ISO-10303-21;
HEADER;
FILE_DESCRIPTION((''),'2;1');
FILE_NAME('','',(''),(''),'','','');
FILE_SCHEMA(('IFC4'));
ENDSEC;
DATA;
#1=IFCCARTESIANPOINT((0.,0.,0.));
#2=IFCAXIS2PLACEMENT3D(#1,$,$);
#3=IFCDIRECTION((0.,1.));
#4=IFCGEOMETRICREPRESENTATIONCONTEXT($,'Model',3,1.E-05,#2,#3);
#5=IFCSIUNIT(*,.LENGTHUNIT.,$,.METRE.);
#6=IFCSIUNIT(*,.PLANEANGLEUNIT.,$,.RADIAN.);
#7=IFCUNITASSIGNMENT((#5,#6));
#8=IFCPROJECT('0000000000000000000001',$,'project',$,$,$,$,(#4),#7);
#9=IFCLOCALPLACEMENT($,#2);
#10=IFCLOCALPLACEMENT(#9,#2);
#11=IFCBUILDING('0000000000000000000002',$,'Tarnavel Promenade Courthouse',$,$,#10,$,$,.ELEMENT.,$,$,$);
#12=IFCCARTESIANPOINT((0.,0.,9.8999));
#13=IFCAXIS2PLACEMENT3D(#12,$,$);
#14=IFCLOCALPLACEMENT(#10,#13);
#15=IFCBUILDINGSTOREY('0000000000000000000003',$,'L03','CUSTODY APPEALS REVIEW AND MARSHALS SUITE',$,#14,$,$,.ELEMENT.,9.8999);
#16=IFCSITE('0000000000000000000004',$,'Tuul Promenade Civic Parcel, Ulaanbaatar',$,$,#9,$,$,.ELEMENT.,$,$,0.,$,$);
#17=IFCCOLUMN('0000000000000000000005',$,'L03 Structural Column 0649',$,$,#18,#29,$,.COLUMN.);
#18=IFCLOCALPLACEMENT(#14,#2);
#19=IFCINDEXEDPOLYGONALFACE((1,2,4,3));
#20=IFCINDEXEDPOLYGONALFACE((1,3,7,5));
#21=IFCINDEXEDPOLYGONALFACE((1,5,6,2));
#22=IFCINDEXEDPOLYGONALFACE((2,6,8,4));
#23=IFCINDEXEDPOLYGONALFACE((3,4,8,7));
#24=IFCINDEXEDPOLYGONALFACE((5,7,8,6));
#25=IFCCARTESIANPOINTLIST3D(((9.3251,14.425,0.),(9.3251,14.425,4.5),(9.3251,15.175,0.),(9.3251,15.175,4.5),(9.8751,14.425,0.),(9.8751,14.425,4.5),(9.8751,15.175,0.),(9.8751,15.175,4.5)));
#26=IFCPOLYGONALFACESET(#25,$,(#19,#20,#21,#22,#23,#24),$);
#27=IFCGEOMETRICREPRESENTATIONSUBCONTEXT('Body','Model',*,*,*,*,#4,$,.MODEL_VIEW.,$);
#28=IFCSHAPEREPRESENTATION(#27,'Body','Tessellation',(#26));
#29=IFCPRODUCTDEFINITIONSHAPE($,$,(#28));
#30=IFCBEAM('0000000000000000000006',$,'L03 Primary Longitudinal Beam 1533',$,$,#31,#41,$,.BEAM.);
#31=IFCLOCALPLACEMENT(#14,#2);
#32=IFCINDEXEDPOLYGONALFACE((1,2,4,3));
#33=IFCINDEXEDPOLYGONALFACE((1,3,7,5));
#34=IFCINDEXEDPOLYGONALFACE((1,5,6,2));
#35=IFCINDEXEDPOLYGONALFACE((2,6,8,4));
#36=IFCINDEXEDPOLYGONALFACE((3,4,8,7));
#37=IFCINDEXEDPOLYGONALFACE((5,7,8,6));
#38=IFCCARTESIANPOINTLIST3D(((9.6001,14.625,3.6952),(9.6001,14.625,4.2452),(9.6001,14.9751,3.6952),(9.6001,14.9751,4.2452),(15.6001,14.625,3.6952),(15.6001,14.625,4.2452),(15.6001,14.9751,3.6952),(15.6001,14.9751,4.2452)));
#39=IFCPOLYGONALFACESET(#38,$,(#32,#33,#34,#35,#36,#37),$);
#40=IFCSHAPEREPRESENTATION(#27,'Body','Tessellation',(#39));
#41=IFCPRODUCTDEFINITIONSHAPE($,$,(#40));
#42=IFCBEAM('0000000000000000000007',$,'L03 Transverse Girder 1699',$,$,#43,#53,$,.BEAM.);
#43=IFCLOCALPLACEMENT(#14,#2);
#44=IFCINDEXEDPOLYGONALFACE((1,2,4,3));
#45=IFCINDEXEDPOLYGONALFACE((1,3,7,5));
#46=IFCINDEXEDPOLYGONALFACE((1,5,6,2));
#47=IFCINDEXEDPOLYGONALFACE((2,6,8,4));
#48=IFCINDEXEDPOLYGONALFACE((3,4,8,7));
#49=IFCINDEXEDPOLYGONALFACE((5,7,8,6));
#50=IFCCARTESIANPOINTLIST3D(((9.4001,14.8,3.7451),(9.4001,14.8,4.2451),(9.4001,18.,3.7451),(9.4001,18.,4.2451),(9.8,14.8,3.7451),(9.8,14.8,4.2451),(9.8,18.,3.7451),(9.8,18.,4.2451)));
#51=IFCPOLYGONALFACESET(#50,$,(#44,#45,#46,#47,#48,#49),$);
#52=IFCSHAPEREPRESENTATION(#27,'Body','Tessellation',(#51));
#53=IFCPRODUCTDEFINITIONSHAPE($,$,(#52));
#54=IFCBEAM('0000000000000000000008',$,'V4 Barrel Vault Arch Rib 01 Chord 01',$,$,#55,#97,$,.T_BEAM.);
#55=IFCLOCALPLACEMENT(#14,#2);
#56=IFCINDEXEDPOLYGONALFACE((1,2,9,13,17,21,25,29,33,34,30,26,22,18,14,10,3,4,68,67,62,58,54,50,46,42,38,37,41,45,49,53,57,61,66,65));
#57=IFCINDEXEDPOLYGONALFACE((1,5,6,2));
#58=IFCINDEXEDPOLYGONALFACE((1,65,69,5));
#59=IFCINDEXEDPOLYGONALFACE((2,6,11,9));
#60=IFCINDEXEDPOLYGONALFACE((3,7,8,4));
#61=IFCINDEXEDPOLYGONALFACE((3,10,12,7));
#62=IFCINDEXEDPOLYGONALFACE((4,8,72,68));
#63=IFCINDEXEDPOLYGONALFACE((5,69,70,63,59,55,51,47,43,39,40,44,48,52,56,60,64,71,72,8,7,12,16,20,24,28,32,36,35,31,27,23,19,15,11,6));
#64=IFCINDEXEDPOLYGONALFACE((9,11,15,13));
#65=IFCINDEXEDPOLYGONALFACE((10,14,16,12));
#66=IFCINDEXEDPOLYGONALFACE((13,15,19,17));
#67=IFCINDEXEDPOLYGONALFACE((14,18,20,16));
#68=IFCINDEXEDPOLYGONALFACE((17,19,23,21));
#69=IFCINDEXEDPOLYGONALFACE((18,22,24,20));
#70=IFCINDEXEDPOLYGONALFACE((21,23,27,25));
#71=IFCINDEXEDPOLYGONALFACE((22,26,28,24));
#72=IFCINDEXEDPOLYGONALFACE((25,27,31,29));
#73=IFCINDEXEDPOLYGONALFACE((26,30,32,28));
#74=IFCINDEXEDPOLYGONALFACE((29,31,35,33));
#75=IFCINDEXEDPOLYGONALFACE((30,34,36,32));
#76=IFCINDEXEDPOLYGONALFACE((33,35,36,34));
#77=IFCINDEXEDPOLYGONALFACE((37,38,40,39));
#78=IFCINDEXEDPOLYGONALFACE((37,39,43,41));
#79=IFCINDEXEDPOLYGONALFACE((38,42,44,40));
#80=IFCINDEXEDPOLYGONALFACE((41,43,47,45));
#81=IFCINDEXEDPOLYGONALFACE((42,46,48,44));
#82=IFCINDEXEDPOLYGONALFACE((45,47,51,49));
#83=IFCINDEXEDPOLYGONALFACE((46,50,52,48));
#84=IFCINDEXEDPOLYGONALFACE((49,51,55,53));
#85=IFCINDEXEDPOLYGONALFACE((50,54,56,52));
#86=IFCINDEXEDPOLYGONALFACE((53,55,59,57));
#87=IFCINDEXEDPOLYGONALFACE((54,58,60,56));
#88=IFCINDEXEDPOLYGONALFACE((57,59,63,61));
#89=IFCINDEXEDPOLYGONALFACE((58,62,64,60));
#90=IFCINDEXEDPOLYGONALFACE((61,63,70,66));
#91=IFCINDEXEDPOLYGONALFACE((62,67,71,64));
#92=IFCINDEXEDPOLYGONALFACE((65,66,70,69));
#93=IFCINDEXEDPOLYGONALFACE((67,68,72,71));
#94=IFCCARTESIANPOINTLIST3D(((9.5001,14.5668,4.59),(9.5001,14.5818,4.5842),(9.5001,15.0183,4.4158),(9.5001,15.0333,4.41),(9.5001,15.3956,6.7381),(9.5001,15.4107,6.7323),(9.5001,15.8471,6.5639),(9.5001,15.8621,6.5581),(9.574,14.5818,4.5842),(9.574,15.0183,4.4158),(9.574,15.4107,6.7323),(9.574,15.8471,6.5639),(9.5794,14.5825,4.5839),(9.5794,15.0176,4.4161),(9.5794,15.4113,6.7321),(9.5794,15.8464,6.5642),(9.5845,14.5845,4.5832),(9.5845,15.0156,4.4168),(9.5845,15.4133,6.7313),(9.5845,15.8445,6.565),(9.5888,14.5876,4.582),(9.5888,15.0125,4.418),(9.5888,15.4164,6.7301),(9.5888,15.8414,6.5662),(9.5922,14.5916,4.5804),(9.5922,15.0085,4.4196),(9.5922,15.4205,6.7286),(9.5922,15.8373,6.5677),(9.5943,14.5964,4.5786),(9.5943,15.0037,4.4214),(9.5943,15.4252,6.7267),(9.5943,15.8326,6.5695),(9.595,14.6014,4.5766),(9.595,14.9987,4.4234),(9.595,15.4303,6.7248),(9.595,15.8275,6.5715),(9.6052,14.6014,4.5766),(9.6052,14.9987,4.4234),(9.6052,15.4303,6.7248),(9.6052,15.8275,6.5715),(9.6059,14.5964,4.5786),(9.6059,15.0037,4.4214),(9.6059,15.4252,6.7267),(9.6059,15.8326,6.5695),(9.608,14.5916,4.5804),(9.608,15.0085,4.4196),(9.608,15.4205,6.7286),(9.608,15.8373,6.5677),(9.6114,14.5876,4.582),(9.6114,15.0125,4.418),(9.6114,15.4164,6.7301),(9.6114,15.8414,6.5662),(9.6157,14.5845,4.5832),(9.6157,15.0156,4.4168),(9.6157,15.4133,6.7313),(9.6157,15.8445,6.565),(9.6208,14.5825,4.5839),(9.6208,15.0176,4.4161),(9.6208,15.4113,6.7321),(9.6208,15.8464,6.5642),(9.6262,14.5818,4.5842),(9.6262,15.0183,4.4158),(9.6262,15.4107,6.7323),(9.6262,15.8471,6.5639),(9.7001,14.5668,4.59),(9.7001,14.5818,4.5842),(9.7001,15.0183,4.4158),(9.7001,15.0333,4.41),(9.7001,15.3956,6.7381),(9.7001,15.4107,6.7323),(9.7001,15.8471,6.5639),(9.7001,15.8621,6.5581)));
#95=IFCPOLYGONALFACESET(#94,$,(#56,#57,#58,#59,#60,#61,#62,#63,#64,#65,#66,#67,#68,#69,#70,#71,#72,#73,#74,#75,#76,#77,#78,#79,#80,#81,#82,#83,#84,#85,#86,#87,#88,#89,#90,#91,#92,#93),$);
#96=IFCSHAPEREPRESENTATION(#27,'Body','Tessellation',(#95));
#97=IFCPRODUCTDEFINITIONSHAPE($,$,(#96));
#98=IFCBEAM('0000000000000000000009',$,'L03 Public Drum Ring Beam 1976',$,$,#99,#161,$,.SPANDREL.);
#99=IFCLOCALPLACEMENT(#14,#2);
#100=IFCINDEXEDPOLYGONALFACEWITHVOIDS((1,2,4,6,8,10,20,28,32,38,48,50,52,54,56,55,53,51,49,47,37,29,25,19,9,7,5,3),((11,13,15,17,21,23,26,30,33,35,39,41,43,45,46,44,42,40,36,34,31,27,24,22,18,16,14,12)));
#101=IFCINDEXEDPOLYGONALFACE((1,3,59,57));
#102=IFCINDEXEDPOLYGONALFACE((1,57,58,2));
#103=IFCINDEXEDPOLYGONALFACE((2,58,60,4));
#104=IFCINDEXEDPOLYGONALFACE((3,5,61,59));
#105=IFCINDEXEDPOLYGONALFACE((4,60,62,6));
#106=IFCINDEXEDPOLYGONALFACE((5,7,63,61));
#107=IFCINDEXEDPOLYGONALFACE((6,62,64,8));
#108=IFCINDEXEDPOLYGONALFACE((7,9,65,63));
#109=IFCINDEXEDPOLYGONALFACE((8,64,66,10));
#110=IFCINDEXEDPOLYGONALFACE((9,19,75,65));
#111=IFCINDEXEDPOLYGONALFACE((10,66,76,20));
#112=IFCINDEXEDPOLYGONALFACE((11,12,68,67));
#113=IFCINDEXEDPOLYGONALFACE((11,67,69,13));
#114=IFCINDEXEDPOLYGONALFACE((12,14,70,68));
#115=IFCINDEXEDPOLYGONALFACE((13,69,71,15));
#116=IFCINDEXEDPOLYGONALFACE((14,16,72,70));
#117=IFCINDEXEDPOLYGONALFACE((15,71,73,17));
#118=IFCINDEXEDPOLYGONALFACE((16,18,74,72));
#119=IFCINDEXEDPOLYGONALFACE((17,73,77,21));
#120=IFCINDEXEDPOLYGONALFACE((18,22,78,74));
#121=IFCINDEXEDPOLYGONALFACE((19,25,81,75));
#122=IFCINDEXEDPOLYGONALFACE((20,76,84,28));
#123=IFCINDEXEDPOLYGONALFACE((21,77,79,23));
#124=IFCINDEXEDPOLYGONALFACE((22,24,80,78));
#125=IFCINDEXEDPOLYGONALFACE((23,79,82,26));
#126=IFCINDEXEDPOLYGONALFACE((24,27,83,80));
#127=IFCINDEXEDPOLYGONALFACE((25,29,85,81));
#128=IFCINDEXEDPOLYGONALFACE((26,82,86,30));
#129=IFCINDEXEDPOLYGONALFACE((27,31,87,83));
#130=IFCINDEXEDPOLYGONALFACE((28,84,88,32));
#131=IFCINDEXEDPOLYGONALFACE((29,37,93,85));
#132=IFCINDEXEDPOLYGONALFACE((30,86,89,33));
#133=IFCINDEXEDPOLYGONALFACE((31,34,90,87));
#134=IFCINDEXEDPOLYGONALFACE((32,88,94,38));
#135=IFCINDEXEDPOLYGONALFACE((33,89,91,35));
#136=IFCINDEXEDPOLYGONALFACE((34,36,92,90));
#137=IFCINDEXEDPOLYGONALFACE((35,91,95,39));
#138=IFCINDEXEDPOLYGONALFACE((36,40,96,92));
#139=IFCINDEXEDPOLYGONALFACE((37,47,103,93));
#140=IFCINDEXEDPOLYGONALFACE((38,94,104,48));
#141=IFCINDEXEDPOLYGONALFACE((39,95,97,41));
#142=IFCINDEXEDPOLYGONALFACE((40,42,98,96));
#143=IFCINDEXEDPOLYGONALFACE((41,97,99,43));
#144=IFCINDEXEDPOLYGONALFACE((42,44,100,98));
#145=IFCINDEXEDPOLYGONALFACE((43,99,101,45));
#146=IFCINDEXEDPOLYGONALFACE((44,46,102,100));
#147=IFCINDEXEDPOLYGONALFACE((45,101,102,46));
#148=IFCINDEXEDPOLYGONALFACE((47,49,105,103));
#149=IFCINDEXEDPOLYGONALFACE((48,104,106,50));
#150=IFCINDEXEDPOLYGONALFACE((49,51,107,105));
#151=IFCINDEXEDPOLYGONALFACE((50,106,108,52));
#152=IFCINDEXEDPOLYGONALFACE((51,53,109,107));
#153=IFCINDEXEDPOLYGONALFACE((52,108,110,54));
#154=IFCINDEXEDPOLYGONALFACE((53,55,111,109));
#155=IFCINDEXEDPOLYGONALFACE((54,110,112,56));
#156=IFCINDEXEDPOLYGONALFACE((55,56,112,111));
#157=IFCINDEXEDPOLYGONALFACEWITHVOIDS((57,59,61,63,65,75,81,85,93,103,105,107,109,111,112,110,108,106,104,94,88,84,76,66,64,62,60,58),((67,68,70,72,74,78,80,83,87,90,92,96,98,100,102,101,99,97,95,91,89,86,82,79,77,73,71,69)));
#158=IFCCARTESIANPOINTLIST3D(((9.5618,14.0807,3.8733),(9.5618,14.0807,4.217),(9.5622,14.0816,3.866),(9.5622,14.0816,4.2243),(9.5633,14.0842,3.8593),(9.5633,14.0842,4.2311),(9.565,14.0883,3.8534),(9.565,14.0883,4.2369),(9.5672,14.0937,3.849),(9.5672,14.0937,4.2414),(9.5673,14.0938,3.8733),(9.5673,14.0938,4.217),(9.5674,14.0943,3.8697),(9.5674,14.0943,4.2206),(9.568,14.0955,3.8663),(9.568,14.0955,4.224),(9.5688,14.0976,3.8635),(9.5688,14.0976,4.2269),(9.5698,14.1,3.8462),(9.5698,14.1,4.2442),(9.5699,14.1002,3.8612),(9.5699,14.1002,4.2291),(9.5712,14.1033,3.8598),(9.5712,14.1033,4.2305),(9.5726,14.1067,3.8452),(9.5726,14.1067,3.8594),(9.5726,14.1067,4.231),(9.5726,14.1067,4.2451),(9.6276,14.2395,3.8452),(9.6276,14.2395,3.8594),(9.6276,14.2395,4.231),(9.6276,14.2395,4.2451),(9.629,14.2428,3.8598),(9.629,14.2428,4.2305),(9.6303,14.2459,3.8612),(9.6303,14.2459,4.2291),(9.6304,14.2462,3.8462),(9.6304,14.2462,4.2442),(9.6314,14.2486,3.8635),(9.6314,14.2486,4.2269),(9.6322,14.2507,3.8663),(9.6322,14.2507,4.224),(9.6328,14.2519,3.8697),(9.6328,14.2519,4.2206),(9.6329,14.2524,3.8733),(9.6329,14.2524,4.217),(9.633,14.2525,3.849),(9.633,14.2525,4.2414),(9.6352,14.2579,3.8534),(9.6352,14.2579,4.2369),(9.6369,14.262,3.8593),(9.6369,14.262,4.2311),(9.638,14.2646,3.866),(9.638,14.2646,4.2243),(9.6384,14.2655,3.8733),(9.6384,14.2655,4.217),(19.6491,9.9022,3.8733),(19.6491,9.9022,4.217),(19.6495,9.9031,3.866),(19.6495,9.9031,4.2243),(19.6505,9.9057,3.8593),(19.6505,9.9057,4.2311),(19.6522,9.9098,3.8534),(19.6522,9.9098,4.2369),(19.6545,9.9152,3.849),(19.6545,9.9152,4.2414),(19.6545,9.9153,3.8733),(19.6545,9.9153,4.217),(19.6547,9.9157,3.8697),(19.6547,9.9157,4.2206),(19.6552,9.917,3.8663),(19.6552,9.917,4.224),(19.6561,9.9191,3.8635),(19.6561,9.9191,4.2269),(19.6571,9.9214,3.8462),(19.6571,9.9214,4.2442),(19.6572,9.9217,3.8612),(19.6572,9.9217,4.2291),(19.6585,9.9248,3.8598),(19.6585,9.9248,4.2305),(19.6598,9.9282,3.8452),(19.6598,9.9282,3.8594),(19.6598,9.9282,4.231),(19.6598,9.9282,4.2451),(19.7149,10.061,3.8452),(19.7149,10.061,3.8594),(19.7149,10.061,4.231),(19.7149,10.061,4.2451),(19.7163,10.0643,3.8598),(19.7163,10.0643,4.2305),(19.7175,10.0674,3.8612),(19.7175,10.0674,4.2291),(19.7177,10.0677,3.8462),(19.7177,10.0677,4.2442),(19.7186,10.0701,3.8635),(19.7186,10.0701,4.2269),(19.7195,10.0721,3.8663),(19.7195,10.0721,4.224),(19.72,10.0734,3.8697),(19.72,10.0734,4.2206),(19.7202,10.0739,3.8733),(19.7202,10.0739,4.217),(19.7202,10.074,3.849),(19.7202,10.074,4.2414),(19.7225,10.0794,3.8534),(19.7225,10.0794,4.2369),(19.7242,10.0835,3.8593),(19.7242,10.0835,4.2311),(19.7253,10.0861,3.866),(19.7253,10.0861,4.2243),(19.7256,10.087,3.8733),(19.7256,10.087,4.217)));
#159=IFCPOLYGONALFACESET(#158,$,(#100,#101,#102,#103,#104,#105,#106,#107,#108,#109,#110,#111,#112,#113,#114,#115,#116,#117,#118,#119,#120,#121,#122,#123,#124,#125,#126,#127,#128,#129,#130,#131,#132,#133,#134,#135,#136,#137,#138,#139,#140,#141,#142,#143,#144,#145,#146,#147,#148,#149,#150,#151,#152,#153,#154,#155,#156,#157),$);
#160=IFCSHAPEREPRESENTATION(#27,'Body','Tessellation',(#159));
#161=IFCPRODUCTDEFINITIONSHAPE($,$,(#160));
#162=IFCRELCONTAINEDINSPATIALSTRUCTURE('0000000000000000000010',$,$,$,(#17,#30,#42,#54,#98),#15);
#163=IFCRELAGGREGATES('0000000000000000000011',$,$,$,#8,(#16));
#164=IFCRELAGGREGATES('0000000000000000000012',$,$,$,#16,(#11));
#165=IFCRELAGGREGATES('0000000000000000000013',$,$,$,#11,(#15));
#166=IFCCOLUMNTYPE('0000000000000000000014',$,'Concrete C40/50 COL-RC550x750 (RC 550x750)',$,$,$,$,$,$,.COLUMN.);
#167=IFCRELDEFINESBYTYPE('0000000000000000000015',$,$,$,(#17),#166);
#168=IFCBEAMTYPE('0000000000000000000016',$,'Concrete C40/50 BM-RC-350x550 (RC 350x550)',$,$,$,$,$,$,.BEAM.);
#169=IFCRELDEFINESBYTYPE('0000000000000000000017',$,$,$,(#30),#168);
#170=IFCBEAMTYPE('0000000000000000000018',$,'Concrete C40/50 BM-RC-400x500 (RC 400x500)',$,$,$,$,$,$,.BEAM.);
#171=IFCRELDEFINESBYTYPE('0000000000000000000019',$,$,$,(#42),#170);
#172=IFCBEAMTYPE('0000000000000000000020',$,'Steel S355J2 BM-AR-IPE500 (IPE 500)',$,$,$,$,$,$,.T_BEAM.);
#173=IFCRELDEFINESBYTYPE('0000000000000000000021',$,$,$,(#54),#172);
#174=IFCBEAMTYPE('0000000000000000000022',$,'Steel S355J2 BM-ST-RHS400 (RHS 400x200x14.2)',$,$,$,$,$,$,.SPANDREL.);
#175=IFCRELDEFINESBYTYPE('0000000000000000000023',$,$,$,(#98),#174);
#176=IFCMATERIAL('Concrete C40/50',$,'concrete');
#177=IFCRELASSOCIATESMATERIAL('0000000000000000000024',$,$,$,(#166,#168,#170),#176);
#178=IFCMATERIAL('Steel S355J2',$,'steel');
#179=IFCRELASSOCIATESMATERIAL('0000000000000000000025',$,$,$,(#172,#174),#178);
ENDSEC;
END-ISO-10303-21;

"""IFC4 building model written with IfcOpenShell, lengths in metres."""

from ifc_helpers import new_model, si_unit, direction, frame, origin, origin_2d, place, context, subcontext, project, spatial, rectangle, hollow_rectangle, i_section, extrude, material, material_profile, profile_set, type_object, element, save


model = new_model("IFC4")

# Units and contexts
model_context = context("Model", 3, precision=1e-05, world=origin(), true_north=direction((0.0, 1.0)))
body_context = subcontext(model_context, "Body", "Model", "MODEL_VIEW")
ifc_project = project(units=[si_unit("LENGTHUNIT", "METRE"), si_unit("PLANEANGLEUNIT", "RADIAN")], contexts=[model_context])

# Site, building, storey
site_placement = place(None, origin())
site = spatial("IfcSite", under=ifc_project, at=site_placement, Name="Tuul Promenade Civic Parcel, Ulaanbaatar", CompositionType="ELEMENT", RefElevation=0.0)
building_placement = place(site_placement, origin())
building = spatial("IfcBuilding", under=site, at=building_placement, Name="Tarnavel Promenade Courthouse", CompositionType="ELEMENT")
storey_placement = place(building_placement, frame((0.0, 0.0, 9.8999)))
storey = spatial("IfcBuildingStorey", under=building, at=storey_placement, Name="L03", Description="CUSTODY APPEALS REVIEW AND MARSHALS SUITE", CompositionType="ELEMENT", Elevation=9.8999)

# Column
ifc_material_1 = material(Name="Concrete C40/50", Category="concrete")
ifc_material_profile_1 = material_profile(ifc_material_1, rectangle(XDim=0.55, YDim=0.75, at=origin_2d()), Name="RC 550x750")
ifc_profile_set_1 = profile_set([ifc_material_profile_1], Name="Concrete C40/50")
column_type = type_object("IfcColumnType", Name="Concrete C40/50 COL-RC550x750 (RC 550x750)", PredefinedType="COLUMN", material=ifc_profile_set_1)
column_placement = place(storey_placement, frame((9.6001, 14.8, 0.0), z_axis=(0.0, 0.0, 1.0), x_axis=(1.0, 0.0, 0.0)))
element("IfcColumn", 1, at=column_placement, inside=storey, type_object=column_type, Name="L03 Structural Column 0649", PredefinedType="COLUMN", context=body_context, shape_type="SweptSolid", body=[
    extrude(rectangle(XDim=0.55, YDim=0.75, at=origin_2d()), origin(), (0.0, 0.0, 1.0), 4.5),
])

# Beams
ifc_material_profile_2 = material_profile(ifc_material_1, rectangle(XDim=0.3501, YDim=0.55, at=origin_2d()), Name="RC 350x550")
ifc_profile_set_2 = profile_set([ifc_material_profile_2], Name="Concrete C40/50")
beam_type_1 = type_object("IfcBeamType", Name="Concrete C40/50 BM-RC-350x550 (RC 350x550)", PredefinedType="BEAM", material=ifc_profile_set_2)
beam_1_placement = place(storey_placement, frame((9.6001, 14.8, 3.9702), z_axis=(1.0, 0.0, 0.0), x_axis=(0.0, 1.0, 0.0)))
element("IfcBeam", 2, at=beam_1_placement, inside=storey, type_object=beam_type_1, Name="L03 Primary Longitudinal Beam 1533", PredefinedType="BEAM", context=body_context, shape_type="SweptSolid", body=[
    extrude(rectangle(XDim=0.3501, YDim=0.55, at=origin_2d()), origin(), (0.0, 0.0, 1.0), 6.0),
])
ifc_material_profile_3 = material_profile(ifc_material_1, rectangle(XDim=0.3999, YDim=0.5, at=origin_2d()), Name="RC 400x500")
ifc_profile_set_3 = profile_set([ifc_material_profile_3], Name="Concrete C40/50")
beam_type_2 = type_object("IfcBeamType", Name="Concrete C40/50 BM-RC-400x500 (RC 400x500)", PredefinedType="BEAM", material=ifc_profile_set_3)
beam_2_placement = place(storey_placement, frame((9.6001, 14.8, 3.9951), z_axis=(0.0, 1.0, 0.0), x_axis=(-1.0, 0.0, 0.0)))
element("IfcBeam", 3, at=beam_2_placement, inside=storey, type_object=beam_type_2, Name="L03 Transverse Girder 1699", PredefinedType="BEAM", context=body_context, shape_type="SweptSolid", body=[
    extrude(rectangle(XDim=0.3999, YDim=0.5, at=origin_2d()), origin(), (0.0, 0.0, 1.0), 3.2),
])
ifc_material_2 = material(Name="Steel S355J2", Category="steel")
ifc_material_profile_4 = material_profile(ifc_material_2, i_section(OverallWidth=0.2, OverallDepth=0.5, WebThickness=0.0103, FlangeThickness=0.0161, FilletRadius=0.021, at=origin_2d()), Name="IPE 500")
ifc_profile_set_4 = profile_set([ifc_material_profile_4], Name="Steel S355J2")
beam_type_3 = type_object("IfcBeamType", Name="Steel S355J2 BM-AR-IPE500 (IPE 500)", PredefinedType="T_BEAM", material=ifc_profile_set_4)
beam_3_placement = place(storey_placement, frame((9.6001, 14.8, 4.5), z_axis=(0.0, 0.359974, 0.932962), x_axis=(-1.0, 0.0, 0.0)))
element("IfcBeam", 4, at=beam_3_placement, inside=storey, type_object=beam_type_3, Name="V4 Barrel Vault Arch Rib 01 Chord 01", PredefinedType="T_BEAM", context=body_context, shape_type="SweptSolid", body=[
    extrude(i_section(OverallWidth=0.2, OverallDepth=0.5, WebThickness=0.0103, FlangeThickness=0.0161, FilletRadius=0.021, at=origin_2d()), origin(), (0.0, 0.0, 1.0), 2.3025),
])
ifc_material_profile_5 = material_profile(ifc_material_2, hollow_rectangle(XDim=0.2, YDim=0.3999, WallThickness=0.0142, InnerFilletRadius=0.0139, OuterFilletRadius=0.0281, at=origin_2d()), Name="RHS 400x200x14.2")
ifc_profile_set_5 = profile_set([ifc_material_profile_5], Name="Steel S355J2")
beam_type_4 = type_object("IfcBeamType", Name="Steel S355J2 BM-ST-RHS400 (RHS 400x200x14.2)", PredefinedType="SPANDREL", material=ifc_profile_set_5)
beam_4_placement = place(storey_placement, frame((9.6001, 14.1731, 4.0452), z_axis=(0.923872, -0.382701, 0.0), x_axis=(0.382701, 0.923872, 0.0)))
element("IfcBeam", 5, at=beam_4_placement, inside=storey, type_object=beam_type_4, Name="L03 Public Drum Ring Beam 1976", PredefinedType="SPANDREL", context=body_context, shape_type="SweptSolid", body=[
    extrude(hollow_rectangle(XDim=0.2, YDim=0.3999, WallThickness=0.0142, InnerFilletRadius=0.0139, OuterFilletRadius=0.0281, at=origin_2d()), origin(), (0.0, 0.0, 1.0), 10.9185),
])

save(model, "model.ifc")
